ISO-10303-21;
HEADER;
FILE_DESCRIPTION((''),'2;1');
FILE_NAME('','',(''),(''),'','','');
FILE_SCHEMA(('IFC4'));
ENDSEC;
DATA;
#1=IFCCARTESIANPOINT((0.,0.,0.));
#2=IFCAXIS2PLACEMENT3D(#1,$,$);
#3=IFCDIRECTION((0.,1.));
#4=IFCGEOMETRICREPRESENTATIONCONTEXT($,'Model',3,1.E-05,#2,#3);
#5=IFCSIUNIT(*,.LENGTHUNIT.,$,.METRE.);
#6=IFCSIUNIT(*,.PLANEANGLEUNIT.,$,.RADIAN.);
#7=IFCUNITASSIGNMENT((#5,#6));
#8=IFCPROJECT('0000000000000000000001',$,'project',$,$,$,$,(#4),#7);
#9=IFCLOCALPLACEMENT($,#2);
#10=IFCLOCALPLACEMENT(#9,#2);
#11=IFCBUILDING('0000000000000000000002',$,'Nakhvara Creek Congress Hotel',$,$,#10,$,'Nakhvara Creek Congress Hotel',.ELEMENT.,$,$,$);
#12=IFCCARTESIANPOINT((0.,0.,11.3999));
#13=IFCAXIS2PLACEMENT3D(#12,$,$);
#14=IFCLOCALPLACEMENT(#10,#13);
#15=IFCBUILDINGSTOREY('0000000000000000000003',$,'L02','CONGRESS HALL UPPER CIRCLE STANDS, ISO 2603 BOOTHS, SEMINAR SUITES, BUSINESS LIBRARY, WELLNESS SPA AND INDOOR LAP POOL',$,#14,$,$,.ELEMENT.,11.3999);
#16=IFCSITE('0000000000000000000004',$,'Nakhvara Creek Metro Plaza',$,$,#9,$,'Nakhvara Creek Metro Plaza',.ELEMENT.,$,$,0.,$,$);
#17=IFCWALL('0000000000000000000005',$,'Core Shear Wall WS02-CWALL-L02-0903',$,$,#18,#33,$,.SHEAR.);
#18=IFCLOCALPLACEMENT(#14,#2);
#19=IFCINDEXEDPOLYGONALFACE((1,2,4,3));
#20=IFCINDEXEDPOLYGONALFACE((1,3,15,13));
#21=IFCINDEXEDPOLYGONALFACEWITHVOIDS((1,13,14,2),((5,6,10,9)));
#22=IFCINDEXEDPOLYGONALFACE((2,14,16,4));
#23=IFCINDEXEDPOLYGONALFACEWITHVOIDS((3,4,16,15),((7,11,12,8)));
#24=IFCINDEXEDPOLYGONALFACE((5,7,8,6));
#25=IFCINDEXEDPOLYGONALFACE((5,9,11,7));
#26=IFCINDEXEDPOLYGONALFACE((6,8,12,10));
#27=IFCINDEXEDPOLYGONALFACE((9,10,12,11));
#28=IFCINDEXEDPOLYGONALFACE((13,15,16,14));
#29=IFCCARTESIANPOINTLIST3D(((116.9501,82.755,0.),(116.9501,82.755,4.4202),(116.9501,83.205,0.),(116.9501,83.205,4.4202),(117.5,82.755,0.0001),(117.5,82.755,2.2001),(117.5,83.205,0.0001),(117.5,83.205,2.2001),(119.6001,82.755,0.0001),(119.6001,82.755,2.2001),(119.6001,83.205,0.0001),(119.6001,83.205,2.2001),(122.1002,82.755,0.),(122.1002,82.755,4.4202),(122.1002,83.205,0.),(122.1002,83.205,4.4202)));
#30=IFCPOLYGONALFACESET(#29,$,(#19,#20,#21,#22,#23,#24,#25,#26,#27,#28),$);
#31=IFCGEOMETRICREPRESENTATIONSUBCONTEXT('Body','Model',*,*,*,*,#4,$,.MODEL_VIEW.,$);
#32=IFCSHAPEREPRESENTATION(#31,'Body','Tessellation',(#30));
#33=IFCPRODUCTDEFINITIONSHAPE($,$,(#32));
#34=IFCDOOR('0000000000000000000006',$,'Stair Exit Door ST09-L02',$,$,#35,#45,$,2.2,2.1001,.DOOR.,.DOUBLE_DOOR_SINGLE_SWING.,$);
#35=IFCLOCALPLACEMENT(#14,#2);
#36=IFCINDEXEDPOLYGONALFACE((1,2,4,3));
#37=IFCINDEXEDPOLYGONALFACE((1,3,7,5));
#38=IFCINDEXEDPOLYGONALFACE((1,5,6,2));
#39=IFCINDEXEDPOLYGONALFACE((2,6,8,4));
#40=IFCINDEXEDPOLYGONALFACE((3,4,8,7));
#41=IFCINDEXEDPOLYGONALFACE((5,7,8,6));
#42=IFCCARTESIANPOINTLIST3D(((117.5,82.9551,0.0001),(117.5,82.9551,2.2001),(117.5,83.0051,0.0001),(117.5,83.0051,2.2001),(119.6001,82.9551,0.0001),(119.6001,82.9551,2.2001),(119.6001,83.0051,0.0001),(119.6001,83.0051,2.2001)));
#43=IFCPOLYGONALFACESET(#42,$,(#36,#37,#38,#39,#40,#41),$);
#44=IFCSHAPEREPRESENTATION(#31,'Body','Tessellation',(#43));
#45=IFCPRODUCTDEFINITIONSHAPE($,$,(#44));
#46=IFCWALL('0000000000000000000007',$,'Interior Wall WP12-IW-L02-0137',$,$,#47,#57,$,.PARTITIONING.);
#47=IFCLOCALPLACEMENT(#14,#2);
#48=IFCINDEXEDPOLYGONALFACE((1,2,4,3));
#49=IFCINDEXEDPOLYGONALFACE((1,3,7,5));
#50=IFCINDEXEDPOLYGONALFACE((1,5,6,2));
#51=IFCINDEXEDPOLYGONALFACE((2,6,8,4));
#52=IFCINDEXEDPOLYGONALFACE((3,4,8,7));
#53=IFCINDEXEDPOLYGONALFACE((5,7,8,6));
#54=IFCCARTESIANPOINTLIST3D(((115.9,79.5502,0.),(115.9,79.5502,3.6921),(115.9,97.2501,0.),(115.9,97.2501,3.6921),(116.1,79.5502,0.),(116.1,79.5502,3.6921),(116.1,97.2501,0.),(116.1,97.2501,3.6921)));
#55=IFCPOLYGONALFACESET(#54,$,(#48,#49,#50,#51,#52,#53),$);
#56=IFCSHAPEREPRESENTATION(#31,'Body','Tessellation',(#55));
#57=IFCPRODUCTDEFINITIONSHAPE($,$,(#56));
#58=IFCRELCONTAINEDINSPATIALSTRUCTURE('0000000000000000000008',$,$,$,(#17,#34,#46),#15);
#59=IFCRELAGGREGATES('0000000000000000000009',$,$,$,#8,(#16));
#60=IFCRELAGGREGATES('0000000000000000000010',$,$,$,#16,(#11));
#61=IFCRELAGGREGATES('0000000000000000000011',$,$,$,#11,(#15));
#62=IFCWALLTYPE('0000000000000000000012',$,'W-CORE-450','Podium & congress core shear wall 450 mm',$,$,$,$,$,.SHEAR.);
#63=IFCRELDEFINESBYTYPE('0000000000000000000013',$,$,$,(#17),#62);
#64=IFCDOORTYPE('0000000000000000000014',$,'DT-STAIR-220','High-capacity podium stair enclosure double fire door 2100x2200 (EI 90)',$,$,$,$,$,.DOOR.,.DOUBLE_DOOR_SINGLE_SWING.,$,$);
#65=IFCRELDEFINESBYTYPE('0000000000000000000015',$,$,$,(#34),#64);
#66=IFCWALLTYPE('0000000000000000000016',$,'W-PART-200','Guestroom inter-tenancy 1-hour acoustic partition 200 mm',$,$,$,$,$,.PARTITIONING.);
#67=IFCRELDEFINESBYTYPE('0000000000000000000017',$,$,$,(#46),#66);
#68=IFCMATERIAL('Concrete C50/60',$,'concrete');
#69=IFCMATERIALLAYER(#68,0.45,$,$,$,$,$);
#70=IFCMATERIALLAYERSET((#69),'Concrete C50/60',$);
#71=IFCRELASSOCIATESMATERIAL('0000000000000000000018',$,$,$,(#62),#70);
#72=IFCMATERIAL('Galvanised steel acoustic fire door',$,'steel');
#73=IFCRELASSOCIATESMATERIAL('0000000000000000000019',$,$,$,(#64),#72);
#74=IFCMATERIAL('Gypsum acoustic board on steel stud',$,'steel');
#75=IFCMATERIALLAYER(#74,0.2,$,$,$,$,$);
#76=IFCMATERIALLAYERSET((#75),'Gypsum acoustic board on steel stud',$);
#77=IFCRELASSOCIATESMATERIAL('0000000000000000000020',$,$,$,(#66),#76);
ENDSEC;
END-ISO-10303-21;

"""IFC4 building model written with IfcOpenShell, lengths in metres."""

from ifc_helpers import new_model, si_unit, direction, frame, frame_2d, origin, place, context, subcontext, project, spatial, rectangle, extrude, material, layer, layer_set, type_object, element, fill, save


model = new_model("IFC4")

# Units and contexts
model_context = context("Model", 3, precision=1e-05, world=origin(), true_north=direction((0.0, 1.0)))
body_context = subcontext(model_context, "Body", "Model", "MODEL_VIEW")
ifc_project = project(units=[si_unit("LENGTHUNIT", "METRE"), si_unit("PLANEANGLEUNIT", "RADIAN")], contexts=[model_context])

# Site, building, storey
site_placement = place(None, origin())
site = spatial("IfcSite", under=ifc_project, at=site_placement, Name="Nakhvara Creek Metro Plaza", LongName="Nakhvara Creek Metro Plaza", CompositionType="ELEMENT", RefElevation=0.0)
building_placement = place(site_placement, origin())
building = spatial("IfcBuilding", under=site, at=building_placement, Name="Nakhvara Creek Congress Hotel", LongName="Nakhvara Creek Congress Hotel", CompositionType="ELEMENT")
storey_placement = place(building_placement, frame((0.0, 0.0, 11.3999)))
storey = spatial("IfcBuildingStorey", under=building, at=storey_placement, Name="L02", Description="CONGRESS HALL UPPER CIRCLE STANDS, ISO 2603 BOOTHS, SEMINAR SUITES, BUSINESS LIBRARY, WELLNESS SPA AND INDOOR LAP POOL", CompositionType="ELEMENT", Elevation=11.3999)

# Shared definitions
ifc_material_1 = material(Name="Concrete C50/60", Category="concrete")

# Wall, opening, door
ifc_layer_1 = layer(ifc_material_1, 0.45)
ifc_layer_set_1 = layer_set([ifc_layer_1], Name="Concrete C50/60")
wall_type_1 = type_object("IfcWallType", Name="W-CORE-450", Description="Podium & congress core shear wall 450 mm", PredefinedType="SHEAR", material=ifc_layer_set_1)
wall_1_placement = place(storey_placement, frame((116.95, 82.98, 0.0), z_axis=(0.0, 0.0, 1.0), x_axis=(1.0, 0.0, 0.0)))
wall_1 = element("IfcWall", 1, at=wall_1_placement, inside=storey, type_object=wall_type_1, Name="Core Shear Wall WS02-CWALL-L02-0903", PredefinedType="SHEAR", context=body_context, shape_type="SweptSolid", body=[
    extrude(rectangle(XDim=5.1501, YDim=0.45, at=frame_2d((2.5752, 0.0))), origin(), (0.0, 0.0, 1.0), 4.4202),
])
opening_placement = place(wall_1_placement, frame((0.55, 0.0, 0.0)))
opening = element("IfcOpeningElement", 2, at=opening_placement, cuts=wall_1, PredefinedType="OPENING", context=body_context, shape_type="SweptSolid", body=[
    extrude(rectangle(XDim=2.1001, YDim=2.2, at=frame_2d((1.05, 1.1001))), frame((0.0, 0.2368, 0.0), z_axis=(0.0, -1.0, 0.0), x_axis=(1.0, 0.0, 0.0)), (0.0, 0.0, 1.0), 0.4739),
])
ifc_material_2 = material(Name="Galvanised steel acoustic fire door", Category="steel")
door_type = type_object("IfcDoorType", Name="DT-STAIR-220", Description="High-capacity podium stair enclosure double fire door 2100x2200 (EI 90)", OperationType="DOUBLE_DOOR_SINGLE_SWING", PredefinedType="DOOR", material=ifc_material_2)
door_placement = place(opening_placement, frame((2.1001, 0.0, 0.0), z_axis=(0.0, 0.0, 1.0), x_axis=(-1.0, 0.0, 0.0)))
door = element("IfcDoor", 3, at=door_placement, inside=storey, type_object=door_type, Name="Stair Exit Door ST09-L02", OperationType="DOUBLE_DOOR_SINGLE_SWING", OverallHeight=2.2, OverallWidth=2.1001, PredefinedType="DOOR", context=body_context, shape_type="SweptSolid", body=[
    extrude(rectangle(XDim=2.1001, YDim=2.2, at=frame_2d((1.05, 1.1001))), frame((0.0, 0.0249, 0.0), z_axis=(0.0, -1.0, 0.0), x_axis=(1.0, 0.0, 0.0)), (0.0, 0.0, 1.0), 0.05),
])
fill(opening, door)

# Wall
ifc_material_3 = material(Name="Gypsum acoustic board on steel stud", Category="steel")
ifc_layer_2 = layer(ifc_material_3, 0.2)
ifc_layer_set_2 = layer_set([ifc_layer_2], Name="Gypsum acoustic board on steel stud")
wall_type_2 = type_object("IfcWallType", Name="W-PART-200", Description="Guestroom inter-tenancy 1-hour acoustic partition 200 mm", PredefinedType="PARTITIONING", material=ifc_layer_set_2)
wall_2_placement = place(storey_placement, frame((116.0, 79.55, 0.0), z_axis=(0.0, 0.0, 1.0), x_axis=(0.0, 1.0, 0.0)))
element("IfcWall", 4, at=wall_2_placement, inside=storey, type_object=wall_type_2, Name="Interior Wall WP12-IW-L02-0137", PredefinedType="PARTITIONING", context=body_context, shape_type="SweptSolid", body=[
    extrude(rectangle(XDim=17.7, YDim=0.2, at=frame_2d((8.8501, 0.0))), origin(), (0.0, 0.0, 1.0), 3.6921),
])

save(model, "model.ifc")
